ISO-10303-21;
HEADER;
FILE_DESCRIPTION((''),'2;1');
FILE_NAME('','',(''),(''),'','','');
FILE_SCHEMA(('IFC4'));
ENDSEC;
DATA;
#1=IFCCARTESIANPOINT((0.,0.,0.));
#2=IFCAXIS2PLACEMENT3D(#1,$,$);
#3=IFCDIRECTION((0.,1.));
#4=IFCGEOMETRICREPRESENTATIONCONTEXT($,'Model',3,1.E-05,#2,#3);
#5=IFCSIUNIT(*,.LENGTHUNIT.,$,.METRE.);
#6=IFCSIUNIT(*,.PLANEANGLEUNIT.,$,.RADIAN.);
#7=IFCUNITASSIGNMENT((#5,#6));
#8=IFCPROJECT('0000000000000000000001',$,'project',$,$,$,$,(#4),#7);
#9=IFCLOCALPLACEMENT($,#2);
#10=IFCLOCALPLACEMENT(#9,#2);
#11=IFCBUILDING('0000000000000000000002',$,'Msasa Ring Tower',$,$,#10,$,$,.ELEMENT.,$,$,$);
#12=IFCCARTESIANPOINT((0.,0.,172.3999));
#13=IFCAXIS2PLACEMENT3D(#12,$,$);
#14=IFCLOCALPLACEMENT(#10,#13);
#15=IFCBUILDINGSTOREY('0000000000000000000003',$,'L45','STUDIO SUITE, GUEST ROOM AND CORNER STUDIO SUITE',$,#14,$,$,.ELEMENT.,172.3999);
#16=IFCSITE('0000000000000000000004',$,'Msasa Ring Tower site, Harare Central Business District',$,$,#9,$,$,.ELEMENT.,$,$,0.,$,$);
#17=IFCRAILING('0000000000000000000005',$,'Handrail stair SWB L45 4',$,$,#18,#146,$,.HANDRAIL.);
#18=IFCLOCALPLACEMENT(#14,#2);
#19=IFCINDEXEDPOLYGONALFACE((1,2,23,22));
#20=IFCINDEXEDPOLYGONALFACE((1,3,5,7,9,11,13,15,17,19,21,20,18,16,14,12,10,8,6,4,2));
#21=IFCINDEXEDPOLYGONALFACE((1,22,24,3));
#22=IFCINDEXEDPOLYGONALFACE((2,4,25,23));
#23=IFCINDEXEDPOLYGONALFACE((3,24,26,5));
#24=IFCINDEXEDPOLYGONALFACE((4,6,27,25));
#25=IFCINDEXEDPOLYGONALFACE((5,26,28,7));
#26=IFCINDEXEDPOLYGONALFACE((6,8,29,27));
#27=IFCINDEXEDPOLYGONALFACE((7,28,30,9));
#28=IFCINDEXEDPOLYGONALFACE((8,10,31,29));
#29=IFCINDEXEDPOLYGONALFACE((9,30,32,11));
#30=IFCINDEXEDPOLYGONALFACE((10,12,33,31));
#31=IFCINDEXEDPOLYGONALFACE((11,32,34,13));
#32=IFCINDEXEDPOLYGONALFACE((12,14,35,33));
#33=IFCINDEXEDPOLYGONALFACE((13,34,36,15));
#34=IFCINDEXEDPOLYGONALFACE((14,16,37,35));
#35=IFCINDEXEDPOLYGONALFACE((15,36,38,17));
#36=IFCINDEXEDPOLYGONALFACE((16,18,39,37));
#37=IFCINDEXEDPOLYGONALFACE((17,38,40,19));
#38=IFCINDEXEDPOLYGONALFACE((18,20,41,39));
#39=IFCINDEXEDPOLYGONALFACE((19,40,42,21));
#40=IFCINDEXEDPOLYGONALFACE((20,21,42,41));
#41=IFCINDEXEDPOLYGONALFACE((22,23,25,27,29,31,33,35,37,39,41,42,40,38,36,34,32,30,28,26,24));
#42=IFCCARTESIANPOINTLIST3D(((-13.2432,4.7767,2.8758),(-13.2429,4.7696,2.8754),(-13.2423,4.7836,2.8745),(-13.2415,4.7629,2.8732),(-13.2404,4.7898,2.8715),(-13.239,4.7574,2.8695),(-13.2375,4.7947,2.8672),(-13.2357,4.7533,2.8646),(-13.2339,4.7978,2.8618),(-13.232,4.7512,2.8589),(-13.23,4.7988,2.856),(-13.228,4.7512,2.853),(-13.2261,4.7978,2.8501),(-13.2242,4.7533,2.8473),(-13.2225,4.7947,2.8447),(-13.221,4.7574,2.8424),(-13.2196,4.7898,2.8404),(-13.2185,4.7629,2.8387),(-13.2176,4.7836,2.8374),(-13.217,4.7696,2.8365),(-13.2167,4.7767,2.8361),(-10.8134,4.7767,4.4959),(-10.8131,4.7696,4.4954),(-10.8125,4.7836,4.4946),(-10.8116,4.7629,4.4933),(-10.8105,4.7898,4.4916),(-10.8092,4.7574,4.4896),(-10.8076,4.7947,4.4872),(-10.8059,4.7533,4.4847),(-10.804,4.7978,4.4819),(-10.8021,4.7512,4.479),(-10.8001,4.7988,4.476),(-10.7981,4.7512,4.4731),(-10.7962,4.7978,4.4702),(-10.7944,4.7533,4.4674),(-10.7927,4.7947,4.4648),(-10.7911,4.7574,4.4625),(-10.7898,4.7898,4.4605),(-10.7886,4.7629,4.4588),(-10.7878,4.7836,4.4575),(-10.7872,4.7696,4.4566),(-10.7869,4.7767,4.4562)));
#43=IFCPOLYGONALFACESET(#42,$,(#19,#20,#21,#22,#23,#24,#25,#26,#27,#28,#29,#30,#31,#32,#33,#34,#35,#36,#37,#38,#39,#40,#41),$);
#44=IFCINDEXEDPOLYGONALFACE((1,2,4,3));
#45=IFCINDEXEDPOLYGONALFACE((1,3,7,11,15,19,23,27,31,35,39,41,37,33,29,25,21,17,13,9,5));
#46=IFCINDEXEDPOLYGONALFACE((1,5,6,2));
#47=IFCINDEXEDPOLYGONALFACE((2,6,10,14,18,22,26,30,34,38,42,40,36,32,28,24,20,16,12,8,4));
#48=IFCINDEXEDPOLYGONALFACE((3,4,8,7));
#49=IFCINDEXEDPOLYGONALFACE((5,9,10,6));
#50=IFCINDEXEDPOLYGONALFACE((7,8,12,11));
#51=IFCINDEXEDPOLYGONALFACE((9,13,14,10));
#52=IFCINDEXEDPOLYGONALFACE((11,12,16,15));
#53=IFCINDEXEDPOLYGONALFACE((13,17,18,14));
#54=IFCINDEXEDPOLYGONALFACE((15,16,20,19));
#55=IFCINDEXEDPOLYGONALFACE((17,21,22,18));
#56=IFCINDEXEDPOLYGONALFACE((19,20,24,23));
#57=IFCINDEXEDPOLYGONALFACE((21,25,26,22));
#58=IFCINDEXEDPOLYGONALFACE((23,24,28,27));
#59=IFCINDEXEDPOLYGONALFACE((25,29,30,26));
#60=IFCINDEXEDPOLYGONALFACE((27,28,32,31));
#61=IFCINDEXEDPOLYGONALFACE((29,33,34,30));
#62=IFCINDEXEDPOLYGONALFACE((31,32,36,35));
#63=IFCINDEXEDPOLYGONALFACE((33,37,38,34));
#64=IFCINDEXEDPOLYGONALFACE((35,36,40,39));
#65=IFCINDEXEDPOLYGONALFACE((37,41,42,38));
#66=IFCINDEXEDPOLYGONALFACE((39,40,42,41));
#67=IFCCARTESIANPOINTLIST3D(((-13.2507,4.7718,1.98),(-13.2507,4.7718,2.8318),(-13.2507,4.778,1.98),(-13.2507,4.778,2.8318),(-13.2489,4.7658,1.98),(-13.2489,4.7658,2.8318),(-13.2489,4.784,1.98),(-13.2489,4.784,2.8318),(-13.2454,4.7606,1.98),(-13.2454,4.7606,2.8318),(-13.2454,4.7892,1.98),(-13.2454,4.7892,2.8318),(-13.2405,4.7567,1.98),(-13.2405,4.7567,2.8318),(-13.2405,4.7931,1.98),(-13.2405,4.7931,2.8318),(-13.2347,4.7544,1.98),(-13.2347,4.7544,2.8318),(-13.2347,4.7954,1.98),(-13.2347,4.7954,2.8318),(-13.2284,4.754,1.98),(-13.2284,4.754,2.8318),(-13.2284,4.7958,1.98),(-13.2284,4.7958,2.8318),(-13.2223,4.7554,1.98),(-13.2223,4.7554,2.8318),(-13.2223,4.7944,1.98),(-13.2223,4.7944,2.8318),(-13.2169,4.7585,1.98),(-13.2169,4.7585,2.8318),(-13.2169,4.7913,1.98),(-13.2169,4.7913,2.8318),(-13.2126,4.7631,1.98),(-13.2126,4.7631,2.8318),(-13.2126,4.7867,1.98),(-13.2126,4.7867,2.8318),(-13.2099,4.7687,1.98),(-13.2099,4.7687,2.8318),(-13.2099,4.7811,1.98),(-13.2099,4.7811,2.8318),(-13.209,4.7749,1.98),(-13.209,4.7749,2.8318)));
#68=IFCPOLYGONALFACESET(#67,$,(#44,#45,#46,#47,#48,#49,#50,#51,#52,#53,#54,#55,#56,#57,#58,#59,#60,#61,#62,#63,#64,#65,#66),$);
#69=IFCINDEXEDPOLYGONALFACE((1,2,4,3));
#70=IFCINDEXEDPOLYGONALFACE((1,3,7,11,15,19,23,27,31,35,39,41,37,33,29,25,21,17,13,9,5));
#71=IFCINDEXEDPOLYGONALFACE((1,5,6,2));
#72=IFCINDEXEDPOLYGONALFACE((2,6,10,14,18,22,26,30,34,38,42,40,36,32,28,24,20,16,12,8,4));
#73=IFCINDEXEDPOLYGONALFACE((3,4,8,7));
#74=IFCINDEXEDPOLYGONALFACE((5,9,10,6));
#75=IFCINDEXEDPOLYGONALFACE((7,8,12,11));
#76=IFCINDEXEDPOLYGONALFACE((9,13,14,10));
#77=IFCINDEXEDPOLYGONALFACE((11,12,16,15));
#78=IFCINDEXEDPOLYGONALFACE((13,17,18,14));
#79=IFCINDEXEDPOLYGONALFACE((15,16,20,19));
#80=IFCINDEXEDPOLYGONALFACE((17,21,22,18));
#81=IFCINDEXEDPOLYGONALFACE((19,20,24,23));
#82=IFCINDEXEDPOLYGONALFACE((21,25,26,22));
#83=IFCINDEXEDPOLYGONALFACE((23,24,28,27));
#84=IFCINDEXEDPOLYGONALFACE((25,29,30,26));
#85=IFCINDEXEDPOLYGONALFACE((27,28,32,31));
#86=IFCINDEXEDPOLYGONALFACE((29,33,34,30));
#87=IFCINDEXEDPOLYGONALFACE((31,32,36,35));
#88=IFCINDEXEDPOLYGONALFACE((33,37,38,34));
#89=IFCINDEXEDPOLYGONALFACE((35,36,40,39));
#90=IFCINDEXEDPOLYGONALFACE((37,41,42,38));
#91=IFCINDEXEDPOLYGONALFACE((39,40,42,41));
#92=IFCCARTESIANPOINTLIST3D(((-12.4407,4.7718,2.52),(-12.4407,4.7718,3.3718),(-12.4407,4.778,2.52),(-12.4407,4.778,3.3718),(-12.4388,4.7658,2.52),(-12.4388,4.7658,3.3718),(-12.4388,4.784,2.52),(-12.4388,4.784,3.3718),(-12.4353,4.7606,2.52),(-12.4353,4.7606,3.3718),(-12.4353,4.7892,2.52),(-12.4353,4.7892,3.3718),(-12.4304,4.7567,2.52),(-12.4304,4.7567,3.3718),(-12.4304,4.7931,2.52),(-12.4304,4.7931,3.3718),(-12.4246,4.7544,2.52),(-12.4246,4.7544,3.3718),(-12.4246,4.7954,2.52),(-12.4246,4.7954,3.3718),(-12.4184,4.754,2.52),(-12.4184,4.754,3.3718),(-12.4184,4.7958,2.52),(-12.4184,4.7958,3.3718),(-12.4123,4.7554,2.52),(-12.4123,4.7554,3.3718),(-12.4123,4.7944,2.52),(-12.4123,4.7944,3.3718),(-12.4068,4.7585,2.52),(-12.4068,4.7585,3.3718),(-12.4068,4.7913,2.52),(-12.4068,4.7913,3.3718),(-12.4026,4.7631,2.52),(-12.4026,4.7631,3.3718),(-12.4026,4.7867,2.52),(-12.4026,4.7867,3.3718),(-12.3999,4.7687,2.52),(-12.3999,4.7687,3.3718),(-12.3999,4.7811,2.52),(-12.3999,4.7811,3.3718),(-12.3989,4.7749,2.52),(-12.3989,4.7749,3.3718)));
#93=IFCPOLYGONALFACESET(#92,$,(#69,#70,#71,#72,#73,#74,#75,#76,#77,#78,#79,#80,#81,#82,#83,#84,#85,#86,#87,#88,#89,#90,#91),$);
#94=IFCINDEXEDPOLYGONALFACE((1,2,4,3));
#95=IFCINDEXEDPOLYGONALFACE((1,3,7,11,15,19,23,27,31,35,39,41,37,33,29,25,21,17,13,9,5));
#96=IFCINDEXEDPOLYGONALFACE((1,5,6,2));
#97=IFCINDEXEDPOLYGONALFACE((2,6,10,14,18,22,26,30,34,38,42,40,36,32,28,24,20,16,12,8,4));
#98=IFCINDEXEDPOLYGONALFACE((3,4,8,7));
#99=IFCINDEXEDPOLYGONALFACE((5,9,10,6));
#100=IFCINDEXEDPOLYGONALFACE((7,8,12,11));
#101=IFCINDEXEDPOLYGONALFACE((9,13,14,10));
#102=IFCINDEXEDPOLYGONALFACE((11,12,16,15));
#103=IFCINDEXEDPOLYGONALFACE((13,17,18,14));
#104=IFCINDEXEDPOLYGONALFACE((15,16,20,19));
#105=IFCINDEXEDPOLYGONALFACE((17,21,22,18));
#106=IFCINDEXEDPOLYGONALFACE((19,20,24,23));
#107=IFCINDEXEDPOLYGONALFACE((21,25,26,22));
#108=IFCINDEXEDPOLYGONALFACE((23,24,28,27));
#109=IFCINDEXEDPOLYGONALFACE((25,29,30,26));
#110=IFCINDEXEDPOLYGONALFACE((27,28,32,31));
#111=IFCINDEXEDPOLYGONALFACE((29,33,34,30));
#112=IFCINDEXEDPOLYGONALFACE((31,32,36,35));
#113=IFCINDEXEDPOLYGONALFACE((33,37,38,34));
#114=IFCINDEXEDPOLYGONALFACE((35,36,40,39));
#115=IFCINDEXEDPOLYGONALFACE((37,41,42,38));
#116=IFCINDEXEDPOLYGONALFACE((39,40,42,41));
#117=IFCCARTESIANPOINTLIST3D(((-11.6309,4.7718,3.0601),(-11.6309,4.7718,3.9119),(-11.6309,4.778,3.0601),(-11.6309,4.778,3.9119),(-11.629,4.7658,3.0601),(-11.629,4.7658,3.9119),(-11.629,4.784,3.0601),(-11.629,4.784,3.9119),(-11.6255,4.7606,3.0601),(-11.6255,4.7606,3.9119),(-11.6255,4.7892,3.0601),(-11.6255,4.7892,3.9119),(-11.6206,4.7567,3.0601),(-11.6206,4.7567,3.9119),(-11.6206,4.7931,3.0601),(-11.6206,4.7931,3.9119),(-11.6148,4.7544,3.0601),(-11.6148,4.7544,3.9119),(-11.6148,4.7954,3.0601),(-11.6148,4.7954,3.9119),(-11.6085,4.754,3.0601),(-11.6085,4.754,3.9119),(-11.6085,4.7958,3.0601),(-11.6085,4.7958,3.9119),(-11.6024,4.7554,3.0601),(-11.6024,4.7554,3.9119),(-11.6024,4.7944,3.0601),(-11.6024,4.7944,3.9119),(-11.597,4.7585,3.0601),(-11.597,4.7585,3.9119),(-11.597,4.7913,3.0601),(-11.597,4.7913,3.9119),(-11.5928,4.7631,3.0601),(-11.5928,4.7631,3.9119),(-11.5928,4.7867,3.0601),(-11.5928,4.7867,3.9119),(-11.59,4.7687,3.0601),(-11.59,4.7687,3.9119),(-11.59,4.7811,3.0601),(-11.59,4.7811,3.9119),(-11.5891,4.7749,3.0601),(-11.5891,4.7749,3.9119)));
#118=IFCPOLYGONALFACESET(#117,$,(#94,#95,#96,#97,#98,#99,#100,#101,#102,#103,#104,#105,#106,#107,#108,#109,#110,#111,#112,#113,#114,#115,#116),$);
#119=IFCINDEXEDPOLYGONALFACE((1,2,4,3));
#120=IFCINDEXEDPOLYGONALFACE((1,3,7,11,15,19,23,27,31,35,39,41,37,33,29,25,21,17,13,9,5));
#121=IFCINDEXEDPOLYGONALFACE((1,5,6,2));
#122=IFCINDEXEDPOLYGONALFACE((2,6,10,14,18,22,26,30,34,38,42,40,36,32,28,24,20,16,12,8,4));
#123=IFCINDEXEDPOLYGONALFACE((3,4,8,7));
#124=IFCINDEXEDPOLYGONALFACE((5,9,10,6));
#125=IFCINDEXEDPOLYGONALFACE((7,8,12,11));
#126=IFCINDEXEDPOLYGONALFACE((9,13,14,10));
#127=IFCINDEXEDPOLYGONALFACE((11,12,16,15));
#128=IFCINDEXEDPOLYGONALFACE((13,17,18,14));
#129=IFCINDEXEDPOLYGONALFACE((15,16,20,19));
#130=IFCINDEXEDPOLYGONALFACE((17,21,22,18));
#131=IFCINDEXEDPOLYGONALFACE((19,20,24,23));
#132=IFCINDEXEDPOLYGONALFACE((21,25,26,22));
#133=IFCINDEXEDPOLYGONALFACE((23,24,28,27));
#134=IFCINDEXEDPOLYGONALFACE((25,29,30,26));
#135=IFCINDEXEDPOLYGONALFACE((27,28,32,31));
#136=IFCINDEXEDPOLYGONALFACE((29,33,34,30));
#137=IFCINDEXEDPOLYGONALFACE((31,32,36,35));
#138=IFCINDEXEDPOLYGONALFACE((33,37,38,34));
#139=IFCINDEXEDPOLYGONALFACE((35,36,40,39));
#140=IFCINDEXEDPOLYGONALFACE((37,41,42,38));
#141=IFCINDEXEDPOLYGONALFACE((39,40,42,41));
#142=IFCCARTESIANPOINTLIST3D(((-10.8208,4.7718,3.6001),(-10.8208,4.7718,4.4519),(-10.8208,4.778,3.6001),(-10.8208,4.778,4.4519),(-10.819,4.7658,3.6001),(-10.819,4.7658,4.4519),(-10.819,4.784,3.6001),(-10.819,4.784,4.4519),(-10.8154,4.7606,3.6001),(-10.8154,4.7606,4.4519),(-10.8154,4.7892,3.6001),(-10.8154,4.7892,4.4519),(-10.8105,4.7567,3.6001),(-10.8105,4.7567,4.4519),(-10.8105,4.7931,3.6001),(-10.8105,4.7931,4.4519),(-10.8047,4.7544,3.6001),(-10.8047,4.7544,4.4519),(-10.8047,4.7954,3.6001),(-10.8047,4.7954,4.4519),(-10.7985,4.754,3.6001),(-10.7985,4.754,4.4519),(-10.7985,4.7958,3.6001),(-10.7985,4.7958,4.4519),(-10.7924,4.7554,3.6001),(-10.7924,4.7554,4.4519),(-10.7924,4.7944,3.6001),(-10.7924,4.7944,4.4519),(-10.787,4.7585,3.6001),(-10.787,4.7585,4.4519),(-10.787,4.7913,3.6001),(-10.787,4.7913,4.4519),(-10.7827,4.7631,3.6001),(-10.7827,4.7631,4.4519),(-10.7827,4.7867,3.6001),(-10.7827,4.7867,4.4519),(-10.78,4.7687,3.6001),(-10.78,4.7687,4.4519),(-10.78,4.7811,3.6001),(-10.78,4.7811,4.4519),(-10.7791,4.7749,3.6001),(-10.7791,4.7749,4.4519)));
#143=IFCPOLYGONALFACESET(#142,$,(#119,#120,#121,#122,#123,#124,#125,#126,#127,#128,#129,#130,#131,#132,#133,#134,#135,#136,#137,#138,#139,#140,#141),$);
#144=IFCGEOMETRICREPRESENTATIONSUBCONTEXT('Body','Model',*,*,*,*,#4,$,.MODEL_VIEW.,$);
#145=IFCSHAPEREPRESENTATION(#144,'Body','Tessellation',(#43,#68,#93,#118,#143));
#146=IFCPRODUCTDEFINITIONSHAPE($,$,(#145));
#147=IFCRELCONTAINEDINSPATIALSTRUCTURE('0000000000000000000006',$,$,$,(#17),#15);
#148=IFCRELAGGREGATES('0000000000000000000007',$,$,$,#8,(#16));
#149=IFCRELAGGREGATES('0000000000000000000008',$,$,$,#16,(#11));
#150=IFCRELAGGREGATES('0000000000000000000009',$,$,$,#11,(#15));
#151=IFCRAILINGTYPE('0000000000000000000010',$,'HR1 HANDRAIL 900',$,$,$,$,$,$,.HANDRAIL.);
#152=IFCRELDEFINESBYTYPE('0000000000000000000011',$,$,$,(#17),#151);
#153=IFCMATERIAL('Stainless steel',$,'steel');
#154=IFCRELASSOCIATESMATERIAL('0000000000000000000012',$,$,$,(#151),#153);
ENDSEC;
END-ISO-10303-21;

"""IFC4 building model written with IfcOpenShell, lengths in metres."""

from ifc_helpers import new_model, si_unit, direction, frame, origin, origin_2d, place, context, subcontext, project, spatial, circle, extrude, material, type_object, element, save


model = new_model("IFC4")

# Units and contexts
model_context = context("Model", 3, precision=1e-05, world=origin(), true_north=direction((0.0, 1.0)))
body_context = subcontext(model_context, "Body", "Model", "MODEL_VIEW")
ifc_project = project(units=[si_unit("LENGTHUNIT", "METRE"), si_unit("PLANEANGLEUNIT", "RADIAN")], contexts=[model_context])

# Site, building, storey
site_placement = place(None, origin())
site = spatial("IfcSite", under=ifc_project, at=site_placement, Name="Msasa Ring Tower site, Harare Central Business District", CompositionType="ELEMENT", RefElevation=0.0)
building_placement = place(site_placement, origin())
building = spatial("IfcBuilding", under=site, at=building_placement, Name="Msasa Ring Tower", CompositionType="ELEMENT")
storey_placement = place(building_placement, frame((0.0, 0.0, 172.3999)))
storey = spatial("IfcBuildingStorey", under=building, at=storey_placement, Name="L45", Description="STUDIO SUITE, GUEST ROOM AND CORNER STUDIO SUITE", CompositionType="ELEMENT", Elevation=172.3999)

# Railing
ifc_material_1 = material(Name="Stainless steel", Category="steel")
railing_type = type_object("IfcRailingType", Name="HR1 HANDRAIL 900", PredefinedType="HANDRAIL", material=ifc_material_1)
railing_placement = place(storey_placement, frame((-13.23, 4.7749, 1.98)))
element("IfcRailing", 1, at=railing_placement, inside=storey, type_object=railing_type, Name="Handrail stair SWB L45 4", PredefinedType="HANDRAIL", context=body_context, shape_type="SweptSolid", body=[
    extrude(circle(Radius=0.0239, at=origin_2d()), frame((0.0, 0.0, 0.876), z_axis=(0.832025, 0.0, 0.554739), x_axis=(0.0, 1.0, 0.0)), (0.0, 0.0, 1.0), 2.9204),
    extrude(circle(Radius=0.021, at=origin_2d()), origin(), (0.0, 0.0, 1.0), 0.8518),
    extrude(circle(Radius=0.021, at=origin_2d()), frame((0.8101, 0.0, 0.54)), (0.0, 0.0, 1.0), 0.8518),
    extrude(circle(Radius=0.021, at=origin_2d()), frame((1.6199, 0.0, 1.0801)), (0.0, 0.0, 1.0), 0.8518),
    extrude(circle(Radius=0.021, at=origin_2d()), frame((2.4299, 0.0, 1.6201)), (0.0, 0.0, 1.0), 0.8518),
])

save(model, "model.ifc")
